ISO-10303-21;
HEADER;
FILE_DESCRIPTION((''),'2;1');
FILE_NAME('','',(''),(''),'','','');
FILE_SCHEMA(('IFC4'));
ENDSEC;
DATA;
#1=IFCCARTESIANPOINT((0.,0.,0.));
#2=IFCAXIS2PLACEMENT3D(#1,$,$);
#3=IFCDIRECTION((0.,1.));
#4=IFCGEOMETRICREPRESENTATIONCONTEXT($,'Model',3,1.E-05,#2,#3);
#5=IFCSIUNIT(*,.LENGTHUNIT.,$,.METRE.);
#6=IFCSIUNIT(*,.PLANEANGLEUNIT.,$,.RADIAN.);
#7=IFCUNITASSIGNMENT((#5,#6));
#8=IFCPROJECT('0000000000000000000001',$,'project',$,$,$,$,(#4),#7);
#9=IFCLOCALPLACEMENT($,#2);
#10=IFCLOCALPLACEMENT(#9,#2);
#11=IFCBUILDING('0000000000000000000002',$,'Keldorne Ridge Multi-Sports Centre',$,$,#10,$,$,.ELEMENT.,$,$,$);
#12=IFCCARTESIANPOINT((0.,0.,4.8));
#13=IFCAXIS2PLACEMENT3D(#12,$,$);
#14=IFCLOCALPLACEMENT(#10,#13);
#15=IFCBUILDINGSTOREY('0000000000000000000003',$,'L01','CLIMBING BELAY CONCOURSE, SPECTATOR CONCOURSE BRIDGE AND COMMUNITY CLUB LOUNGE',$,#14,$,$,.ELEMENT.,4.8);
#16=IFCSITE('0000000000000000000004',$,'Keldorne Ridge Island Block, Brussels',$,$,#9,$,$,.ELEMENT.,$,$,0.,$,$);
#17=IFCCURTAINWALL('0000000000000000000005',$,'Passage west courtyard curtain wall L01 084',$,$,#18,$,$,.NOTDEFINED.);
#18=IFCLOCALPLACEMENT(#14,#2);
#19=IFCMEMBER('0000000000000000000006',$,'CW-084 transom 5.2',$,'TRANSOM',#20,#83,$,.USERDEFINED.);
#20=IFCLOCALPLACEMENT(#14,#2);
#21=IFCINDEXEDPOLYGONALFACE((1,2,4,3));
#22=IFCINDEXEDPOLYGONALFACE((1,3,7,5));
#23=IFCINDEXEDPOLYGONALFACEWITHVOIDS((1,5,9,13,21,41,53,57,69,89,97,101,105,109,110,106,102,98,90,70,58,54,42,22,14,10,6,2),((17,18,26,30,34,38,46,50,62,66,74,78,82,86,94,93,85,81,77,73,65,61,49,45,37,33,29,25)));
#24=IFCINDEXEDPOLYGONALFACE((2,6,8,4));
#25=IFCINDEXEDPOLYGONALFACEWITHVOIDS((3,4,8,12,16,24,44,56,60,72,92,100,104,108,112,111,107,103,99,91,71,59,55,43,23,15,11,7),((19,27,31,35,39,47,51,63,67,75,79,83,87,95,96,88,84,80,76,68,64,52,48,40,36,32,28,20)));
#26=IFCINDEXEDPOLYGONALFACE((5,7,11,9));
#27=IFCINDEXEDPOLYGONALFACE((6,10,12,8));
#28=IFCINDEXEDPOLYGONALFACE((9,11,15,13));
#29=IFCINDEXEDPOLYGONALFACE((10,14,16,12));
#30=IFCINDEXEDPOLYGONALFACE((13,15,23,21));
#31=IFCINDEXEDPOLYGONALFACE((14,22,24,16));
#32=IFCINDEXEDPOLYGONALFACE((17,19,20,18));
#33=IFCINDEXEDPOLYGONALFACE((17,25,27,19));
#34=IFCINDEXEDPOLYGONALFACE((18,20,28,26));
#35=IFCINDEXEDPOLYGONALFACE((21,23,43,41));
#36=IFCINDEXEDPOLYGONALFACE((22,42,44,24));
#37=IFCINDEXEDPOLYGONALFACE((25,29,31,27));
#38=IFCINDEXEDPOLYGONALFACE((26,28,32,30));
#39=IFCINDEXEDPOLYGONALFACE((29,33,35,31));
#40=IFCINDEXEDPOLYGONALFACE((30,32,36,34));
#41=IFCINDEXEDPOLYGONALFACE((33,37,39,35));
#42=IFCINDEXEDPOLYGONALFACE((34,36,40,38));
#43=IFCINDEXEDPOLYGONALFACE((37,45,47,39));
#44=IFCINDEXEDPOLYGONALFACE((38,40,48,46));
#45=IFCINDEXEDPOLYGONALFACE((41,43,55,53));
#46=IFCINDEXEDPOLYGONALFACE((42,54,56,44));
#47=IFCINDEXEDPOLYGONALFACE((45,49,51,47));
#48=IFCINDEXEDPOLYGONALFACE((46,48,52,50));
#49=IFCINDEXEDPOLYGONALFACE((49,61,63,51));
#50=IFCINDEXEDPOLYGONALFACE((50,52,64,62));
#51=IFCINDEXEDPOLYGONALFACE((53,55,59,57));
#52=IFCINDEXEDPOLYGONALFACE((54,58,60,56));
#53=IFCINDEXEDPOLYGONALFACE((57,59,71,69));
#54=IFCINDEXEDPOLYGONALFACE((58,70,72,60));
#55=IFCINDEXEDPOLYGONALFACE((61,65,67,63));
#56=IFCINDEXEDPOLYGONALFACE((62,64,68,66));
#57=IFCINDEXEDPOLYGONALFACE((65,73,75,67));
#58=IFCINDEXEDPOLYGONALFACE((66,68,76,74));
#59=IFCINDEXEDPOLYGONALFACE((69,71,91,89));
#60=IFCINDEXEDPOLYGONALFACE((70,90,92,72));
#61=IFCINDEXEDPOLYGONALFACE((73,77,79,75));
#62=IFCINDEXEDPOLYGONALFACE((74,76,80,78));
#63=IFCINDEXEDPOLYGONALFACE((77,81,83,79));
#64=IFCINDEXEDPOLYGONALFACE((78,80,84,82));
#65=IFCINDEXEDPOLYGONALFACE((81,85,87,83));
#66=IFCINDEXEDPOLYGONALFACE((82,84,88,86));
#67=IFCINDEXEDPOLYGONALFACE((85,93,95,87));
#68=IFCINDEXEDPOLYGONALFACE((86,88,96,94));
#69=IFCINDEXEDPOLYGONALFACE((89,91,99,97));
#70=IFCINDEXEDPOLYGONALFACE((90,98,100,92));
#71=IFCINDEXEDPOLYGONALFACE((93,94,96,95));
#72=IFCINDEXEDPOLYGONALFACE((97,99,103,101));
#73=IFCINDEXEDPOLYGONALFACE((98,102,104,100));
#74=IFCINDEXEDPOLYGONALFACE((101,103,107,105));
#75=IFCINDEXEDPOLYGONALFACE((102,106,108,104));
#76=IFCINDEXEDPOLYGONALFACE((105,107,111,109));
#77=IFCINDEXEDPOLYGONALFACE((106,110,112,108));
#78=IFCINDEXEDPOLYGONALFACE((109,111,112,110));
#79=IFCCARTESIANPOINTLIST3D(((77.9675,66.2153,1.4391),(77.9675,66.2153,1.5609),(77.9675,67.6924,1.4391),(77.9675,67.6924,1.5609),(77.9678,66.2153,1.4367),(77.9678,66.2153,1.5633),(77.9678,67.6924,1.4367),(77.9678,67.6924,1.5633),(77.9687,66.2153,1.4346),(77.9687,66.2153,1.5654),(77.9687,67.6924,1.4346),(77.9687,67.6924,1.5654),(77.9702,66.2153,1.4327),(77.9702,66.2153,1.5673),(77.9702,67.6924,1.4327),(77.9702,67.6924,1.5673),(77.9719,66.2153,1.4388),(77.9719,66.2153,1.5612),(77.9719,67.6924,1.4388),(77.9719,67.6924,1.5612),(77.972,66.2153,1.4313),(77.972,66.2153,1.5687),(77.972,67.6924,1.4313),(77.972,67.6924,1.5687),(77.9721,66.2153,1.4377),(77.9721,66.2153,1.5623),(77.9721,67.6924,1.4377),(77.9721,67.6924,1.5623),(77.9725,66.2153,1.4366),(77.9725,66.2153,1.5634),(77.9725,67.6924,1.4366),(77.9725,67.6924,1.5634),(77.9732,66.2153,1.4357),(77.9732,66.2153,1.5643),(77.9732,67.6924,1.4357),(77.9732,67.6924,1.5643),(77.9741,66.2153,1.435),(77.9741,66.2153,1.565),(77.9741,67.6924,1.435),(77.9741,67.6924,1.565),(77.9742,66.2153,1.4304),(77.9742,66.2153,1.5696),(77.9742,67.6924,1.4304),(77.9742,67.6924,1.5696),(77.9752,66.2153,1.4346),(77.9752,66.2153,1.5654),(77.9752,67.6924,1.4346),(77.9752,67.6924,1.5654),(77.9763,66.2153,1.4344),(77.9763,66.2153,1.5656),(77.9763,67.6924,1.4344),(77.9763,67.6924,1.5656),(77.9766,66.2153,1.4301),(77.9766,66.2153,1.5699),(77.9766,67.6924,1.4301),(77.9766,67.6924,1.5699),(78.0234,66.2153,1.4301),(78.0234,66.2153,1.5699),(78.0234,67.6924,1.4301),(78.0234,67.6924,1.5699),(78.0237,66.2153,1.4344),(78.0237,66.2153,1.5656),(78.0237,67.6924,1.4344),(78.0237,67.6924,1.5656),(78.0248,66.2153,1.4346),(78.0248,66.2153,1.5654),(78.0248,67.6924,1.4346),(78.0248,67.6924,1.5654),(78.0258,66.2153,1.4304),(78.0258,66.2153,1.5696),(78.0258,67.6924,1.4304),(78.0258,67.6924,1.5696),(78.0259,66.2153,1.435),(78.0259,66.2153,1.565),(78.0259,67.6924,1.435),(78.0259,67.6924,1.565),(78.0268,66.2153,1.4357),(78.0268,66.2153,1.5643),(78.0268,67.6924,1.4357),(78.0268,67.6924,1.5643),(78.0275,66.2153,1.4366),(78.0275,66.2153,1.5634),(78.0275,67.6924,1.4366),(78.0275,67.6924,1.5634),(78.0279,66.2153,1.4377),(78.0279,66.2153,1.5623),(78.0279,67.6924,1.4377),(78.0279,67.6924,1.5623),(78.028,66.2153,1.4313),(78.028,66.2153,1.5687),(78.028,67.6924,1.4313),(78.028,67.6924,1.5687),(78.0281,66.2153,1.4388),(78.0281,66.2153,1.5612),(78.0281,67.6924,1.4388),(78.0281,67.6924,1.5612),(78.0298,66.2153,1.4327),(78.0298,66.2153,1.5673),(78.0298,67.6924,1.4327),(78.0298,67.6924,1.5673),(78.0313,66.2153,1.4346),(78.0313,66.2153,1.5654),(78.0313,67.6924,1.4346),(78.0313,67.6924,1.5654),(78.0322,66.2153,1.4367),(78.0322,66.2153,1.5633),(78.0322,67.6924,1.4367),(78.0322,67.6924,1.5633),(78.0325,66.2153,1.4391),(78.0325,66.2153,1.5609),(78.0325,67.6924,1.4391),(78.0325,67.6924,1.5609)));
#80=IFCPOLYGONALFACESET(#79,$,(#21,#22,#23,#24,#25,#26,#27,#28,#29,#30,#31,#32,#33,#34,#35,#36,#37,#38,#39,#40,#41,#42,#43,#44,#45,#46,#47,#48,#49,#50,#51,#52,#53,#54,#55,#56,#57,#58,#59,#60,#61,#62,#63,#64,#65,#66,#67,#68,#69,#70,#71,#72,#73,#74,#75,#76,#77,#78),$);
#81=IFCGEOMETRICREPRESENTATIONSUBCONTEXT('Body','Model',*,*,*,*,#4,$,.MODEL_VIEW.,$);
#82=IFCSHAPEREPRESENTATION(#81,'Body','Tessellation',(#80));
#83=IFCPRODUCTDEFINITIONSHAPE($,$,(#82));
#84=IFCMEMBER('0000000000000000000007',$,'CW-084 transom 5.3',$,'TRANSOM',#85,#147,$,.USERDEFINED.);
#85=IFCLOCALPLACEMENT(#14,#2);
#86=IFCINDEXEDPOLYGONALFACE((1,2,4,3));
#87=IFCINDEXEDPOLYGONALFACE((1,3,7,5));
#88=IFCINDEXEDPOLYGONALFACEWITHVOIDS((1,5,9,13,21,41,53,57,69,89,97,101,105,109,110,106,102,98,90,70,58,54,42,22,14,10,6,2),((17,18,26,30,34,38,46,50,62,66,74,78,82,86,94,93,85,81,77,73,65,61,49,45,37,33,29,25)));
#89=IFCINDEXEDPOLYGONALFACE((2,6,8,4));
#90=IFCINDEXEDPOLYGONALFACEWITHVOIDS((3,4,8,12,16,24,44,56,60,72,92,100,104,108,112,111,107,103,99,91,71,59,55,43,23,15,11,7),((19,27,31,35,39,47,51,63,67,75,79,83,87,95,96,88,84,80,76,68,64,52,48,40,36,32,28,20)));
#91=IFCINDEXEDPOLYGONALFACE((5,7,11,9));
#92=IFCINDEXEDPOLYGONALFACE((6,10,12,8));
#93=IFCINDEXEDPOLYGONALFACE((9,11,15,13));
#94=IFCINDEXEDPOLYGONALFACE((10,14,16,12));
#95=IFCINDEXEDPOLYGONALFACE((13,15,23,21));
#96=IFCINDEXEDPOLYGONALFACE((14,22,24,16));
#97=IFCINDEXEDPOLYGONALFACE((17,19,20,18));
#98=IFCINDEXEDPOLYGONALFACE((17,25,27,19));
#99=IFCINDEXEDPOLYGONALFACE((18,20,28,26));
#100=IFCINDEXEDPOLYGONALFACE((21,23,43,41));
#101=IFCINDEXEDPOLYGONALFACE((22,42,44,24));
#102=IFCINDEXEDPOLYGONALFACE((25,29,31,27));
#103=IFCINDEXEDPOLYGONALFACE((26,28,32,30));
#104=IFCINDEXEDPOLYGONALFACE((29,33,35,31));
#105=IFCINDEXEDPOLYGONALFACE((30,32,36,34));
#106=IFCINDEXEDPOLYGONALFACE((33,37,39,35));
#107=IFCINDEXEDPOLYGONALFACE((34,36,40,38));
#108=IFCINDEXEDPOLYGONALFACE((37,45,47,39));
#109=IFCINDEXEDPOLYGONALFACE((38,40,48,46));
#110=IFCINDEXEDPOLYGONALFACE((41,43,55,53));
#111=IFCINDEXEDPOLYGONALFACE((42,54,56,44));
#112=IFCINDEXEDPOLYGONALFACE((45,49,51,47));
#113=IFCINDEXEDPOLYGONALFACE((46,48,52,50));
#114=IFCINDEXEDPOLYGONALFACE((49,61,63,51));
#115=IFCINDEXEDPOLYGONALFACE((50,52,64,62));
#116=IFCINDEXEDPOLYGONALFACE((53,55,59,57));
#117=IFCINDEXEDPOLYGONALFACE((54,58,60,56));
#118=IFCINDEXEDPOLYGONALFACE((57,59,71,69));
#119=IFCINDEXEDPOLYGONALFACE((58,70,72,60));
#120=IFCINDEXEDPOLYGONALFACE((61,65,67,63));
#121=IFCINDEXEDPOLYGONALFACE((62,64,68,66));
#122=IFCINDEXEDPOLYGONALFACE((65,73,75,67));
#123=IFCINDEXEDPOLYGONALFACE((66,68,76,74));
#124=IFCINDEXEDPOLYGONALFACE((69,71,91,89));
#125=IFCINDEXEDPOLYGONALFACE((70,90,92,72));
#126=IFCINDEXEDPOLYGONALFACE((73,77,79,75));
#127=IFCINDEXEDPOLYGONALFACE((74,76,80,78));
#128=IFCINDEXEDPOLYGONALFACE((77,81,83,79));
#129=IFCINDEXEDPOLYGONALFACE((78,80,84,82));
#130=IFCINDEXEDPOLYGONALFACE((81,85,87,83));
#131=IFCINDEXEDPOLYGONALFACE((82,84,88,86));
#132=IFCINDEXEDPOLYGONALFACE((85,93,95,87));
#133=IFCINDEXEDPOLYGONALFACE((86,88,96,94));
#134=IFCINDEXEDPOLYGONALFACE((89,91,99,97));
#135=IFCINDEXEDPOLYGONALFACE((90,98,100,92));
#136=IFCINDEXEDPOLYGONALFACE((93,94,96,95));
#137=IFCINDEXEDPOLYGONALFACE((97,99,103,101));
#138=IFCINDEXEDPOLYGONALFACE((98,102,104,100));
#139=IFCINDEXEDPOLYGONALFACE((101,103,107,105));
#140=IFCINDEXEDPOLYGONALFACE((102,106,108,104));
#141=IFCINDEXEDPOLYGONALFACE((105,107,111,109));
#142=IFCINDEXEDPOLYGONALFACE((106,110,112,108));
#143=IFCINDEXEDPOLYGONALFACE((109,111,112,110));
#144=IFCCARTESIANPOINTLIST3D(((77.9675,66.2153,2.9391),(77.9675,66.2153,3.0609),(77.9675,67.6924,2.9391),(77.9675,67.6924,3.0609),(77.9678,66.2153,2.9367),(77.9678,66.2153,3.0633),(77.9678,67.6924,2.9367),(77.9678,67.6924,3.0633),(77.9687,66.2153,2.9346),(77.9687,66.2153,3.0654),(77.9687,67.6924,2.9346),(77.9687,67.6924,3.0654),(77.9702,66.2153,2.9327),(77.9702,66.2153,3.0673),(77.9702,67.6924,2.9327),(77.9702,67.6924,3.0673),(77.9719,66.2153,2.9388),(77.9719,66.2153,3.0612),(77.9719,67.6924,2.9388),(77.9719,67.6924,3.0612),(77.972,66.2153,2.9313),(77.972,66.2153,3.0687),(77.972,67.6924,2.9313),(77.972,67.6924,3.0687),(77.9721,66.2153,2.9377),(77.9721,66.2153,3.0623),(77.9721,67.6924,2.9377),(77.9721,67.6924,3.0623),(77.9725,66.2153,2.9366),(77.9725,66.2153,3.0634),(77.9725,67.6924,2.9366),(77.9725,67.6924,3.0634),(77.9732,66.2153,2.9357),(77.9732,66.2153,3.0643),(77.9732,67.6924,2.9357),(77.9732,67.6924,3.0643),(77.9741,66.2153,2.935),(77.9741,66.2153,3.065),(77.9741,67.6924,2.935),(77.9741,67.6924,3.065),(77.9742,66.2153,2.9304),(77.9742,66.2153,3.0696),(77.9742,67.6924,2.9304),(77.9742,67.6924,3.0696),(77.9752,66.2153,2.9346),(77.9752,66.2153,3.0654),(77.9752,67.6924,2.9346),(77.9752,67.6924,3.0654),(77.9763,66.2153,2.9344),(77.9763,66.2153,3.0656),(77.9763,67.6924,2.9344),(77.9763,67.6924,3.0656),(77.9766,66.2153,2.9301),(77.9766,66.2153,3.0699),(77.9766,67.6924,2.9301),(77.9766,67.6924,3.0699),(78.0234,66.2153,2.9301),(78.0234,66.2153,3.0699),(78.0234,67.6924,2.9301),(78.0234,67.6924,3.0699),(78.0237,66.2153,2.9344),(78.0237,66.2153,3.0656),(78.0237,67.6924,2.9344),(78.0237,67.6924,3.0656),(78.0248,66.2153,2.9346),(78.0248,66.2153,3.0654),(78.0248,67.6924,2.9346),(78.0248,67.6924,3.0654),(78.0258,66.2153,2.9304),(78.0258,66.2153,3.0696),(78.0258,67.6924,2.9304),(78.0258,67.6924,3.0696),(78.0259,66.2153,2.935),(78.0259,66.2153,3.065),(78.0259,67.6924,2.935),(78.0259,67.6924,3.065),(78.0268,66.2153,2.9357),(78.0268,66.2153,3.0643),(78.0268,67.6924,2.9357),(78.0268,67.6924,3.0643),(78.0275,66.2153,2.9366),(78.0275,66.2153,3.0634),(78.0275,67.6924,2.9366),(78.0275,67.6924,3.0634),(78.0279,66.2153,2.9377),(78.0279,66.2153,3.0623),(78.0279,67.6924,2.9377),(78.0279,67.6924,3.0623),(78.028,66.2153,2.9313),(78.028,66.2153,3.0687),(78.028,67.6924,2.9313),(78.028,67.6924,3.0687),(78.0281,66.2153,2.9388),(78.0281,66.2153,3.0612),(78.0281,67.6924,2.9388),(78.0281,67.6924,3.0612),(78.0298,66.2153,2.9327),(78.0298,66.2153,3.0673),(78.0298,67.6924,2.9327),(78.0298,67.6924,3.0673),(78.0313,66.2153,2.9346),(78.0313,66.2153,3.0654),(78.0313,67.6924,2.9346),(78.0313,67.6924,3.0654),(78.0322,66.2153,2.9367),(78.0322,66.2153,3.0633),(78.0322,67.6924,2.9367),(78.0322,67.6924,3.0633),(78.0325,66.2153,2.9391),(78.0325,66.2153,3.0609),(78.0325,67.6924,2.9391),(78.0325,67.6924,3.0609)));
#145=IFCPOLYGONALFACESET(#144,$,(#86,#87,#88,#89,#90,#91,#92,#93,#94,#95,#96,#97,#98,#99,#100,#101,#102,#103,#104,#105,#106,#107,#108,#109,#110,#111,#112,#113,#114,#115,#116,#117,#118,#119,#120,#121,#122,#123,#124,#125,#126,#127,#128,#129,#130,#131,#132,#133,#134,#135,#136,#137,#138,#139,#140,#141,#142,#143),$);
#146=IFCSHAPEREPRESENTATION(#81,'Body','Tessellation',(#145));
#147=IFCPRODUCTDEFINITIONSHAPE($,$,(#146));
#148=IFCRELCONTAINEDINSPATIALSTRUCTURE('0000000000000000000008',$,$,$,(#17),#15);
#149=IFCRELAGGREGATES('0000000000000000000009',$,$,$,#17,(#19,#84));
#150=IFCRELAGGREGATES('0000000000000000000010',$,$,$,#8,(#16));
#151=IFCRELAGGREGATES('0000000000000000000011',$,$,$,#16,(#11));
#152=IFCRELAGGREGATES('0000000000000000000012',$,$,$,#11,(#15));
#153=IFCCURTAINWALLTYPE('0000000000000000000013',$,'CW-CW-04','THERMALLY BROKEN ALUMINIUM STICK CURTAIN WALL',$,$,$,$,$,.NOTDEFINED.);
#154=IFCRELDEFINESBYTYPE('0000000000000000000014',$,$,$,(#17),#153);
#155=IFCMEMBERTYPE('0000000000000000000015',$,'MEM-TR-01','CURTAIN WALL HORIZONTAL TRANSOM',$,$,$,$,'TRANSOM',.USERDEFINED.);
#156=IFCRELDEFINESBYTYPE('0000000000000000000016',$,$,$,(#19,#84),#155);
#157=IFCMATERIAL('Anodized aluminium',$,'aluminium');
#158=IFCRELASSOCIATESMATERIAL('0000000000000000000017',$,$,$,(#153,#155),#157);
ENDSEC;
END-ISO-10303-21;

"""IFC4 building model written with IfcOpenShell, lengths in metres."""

from ifc_helpers import new_model, si_unit, direction, frame, origin, origin_2d, place, context, subcontext, project, spatial, hollow_rectangle, extrude, material, material_profile, profile_set, type_object, element, aggregate, save


model = new_model("IFC4")

# Units and contexts
model_context = context("Model", 3, precision=1e-05, world=origin(), true_north=direction((0.0, 1.0)))
body_context = subcontext(model_context, "Body", "Model", "MODEL_VIEW")
ifc_project = project(units=[si_unit("LENGTHUNIT", "METRE"), si_unit("PLANEANGLEUNIT", "RADIAN")], contexts=[model_context])

# Site, building, storey
site_placement = place(None, origin())
site = spatial("IfcSite", under=ifc_project, at=site_placement, Name="Keldorne Ridge Island Block, Brussels", CompositionType="ELEMENT", RefElevation=0.0)
building_placement = place(site_placement, origin())
building = spatial("IfcBuilding", under=site, at=building_placement, Name="Keldorne Ridge Multi-Sports Centre", CompositionType="ELEMENT")
storey_placement = place(building_placement, frame((0.0, 0.0, 4.8)))
storey = spatial("IfcBuildingStorey", under=building, at=storey_placement, Name="L01", Description="CLIMBING BELAY CONCOURSE, SPECTATOR CONCOURSE BRIDGE AND COMMUNITY CLUB LOUNGE", CompositionType="ELEMENT", Elevation=4.8)

# Curtain wall, members
ifc_material_1 = material(Name="Anodized aluminium", Category="aluminium")
curtain_wall_type = type_object("IfcCurtainWallType", Name="CW-CW-04", Description="THERMALLY BROKEN ALUMINIUM STICK CURTAIN WALL", PredefinedType="NOTDEFINED", material=ifc_material_1)
curtain_wall_placement = place(storey_placement, origin())
curtain_wall = element("IfcCurtainWall", 1, at=curtain_wall_placement, inside=storey, type_object=curtain_wall_type, Name="Passage west courtyard curtain wall L01 084", PredefinedType="NOTDEFINED")
ifc_material_profile_1 = material_profile(ifc_material_1, hollow_rectangle(XDim=0.0649, YDim=0.1399, WallThickness=0.0044, InnerFilletRadius=0.0044, OuterFilletRadius=0.009, at=origin_2d()), Name="ALU TRANSOM 140x65x4.5")
ifc_profile_set_1 = profile_set([ifc_material_profile_1], Name="Anodized aluminium")
member_type_1 = type_object("IfcMemberType", Name="MEM-TR-01", Description="CURTAIN WALL HORIZONTAL TRANSOM", ElementType="TRANSOM", PredefinedType="USERDEFINED", material=ifc_profile_set_1)
member_1_placement = place(storey_placement, frame((78.0, 67.6924, 1.5), z_axis=(0.0, -1.0, 0.0), x_axis=(1.0, 0.0, 0.0)))
member_1 = element("IfcMember", 2, at=member_1_placement, type_object=member_type_1, Name="CW-084 transom 5.2", ObjectType="TRANSOM", PredefinedType="USERDEFINED", context=body_context, shape_type="SweptSolid", body=[
    extrude(hollow_rectangle(XDim=0.0649, YDim=0.1399, WallThickness=0.0044, InnerFilletRadius=0.0044, OuterFilletRadius=0.009, at=origin_2d()), origin(), (0.0, 0.0, 1.0), 1.4771),
])
member_2_placement = place(storey_placement, frame((78.0, 67.6924, 3.0), z_axis=(0.0, -1.0, 0.0), x_axis=(1.0, 0.0, 0.0)))
member_2 = element("IfcMember", 3, at=member_2_placement, type_object=member_type_1, Name="CW-084 transom 5.3", ObjectType="TRANSOM", PredefinedType="USERDEFINED", context=body_context, shape_type="SweptSolid", body=[
    extrude(hollow_rectangle(XDim=0.0649, YDim=0.1399, WallThickness=0.0044, InnerFilletRadius=0.0044, OuterFilletRadius=0.009, at=origin_2d()), origin(), (0.0, 0.0, 1.0), 1.4771),
])
aggregate(curtain_wall, [member_1, member_2])

save(model, "model.ifc")
